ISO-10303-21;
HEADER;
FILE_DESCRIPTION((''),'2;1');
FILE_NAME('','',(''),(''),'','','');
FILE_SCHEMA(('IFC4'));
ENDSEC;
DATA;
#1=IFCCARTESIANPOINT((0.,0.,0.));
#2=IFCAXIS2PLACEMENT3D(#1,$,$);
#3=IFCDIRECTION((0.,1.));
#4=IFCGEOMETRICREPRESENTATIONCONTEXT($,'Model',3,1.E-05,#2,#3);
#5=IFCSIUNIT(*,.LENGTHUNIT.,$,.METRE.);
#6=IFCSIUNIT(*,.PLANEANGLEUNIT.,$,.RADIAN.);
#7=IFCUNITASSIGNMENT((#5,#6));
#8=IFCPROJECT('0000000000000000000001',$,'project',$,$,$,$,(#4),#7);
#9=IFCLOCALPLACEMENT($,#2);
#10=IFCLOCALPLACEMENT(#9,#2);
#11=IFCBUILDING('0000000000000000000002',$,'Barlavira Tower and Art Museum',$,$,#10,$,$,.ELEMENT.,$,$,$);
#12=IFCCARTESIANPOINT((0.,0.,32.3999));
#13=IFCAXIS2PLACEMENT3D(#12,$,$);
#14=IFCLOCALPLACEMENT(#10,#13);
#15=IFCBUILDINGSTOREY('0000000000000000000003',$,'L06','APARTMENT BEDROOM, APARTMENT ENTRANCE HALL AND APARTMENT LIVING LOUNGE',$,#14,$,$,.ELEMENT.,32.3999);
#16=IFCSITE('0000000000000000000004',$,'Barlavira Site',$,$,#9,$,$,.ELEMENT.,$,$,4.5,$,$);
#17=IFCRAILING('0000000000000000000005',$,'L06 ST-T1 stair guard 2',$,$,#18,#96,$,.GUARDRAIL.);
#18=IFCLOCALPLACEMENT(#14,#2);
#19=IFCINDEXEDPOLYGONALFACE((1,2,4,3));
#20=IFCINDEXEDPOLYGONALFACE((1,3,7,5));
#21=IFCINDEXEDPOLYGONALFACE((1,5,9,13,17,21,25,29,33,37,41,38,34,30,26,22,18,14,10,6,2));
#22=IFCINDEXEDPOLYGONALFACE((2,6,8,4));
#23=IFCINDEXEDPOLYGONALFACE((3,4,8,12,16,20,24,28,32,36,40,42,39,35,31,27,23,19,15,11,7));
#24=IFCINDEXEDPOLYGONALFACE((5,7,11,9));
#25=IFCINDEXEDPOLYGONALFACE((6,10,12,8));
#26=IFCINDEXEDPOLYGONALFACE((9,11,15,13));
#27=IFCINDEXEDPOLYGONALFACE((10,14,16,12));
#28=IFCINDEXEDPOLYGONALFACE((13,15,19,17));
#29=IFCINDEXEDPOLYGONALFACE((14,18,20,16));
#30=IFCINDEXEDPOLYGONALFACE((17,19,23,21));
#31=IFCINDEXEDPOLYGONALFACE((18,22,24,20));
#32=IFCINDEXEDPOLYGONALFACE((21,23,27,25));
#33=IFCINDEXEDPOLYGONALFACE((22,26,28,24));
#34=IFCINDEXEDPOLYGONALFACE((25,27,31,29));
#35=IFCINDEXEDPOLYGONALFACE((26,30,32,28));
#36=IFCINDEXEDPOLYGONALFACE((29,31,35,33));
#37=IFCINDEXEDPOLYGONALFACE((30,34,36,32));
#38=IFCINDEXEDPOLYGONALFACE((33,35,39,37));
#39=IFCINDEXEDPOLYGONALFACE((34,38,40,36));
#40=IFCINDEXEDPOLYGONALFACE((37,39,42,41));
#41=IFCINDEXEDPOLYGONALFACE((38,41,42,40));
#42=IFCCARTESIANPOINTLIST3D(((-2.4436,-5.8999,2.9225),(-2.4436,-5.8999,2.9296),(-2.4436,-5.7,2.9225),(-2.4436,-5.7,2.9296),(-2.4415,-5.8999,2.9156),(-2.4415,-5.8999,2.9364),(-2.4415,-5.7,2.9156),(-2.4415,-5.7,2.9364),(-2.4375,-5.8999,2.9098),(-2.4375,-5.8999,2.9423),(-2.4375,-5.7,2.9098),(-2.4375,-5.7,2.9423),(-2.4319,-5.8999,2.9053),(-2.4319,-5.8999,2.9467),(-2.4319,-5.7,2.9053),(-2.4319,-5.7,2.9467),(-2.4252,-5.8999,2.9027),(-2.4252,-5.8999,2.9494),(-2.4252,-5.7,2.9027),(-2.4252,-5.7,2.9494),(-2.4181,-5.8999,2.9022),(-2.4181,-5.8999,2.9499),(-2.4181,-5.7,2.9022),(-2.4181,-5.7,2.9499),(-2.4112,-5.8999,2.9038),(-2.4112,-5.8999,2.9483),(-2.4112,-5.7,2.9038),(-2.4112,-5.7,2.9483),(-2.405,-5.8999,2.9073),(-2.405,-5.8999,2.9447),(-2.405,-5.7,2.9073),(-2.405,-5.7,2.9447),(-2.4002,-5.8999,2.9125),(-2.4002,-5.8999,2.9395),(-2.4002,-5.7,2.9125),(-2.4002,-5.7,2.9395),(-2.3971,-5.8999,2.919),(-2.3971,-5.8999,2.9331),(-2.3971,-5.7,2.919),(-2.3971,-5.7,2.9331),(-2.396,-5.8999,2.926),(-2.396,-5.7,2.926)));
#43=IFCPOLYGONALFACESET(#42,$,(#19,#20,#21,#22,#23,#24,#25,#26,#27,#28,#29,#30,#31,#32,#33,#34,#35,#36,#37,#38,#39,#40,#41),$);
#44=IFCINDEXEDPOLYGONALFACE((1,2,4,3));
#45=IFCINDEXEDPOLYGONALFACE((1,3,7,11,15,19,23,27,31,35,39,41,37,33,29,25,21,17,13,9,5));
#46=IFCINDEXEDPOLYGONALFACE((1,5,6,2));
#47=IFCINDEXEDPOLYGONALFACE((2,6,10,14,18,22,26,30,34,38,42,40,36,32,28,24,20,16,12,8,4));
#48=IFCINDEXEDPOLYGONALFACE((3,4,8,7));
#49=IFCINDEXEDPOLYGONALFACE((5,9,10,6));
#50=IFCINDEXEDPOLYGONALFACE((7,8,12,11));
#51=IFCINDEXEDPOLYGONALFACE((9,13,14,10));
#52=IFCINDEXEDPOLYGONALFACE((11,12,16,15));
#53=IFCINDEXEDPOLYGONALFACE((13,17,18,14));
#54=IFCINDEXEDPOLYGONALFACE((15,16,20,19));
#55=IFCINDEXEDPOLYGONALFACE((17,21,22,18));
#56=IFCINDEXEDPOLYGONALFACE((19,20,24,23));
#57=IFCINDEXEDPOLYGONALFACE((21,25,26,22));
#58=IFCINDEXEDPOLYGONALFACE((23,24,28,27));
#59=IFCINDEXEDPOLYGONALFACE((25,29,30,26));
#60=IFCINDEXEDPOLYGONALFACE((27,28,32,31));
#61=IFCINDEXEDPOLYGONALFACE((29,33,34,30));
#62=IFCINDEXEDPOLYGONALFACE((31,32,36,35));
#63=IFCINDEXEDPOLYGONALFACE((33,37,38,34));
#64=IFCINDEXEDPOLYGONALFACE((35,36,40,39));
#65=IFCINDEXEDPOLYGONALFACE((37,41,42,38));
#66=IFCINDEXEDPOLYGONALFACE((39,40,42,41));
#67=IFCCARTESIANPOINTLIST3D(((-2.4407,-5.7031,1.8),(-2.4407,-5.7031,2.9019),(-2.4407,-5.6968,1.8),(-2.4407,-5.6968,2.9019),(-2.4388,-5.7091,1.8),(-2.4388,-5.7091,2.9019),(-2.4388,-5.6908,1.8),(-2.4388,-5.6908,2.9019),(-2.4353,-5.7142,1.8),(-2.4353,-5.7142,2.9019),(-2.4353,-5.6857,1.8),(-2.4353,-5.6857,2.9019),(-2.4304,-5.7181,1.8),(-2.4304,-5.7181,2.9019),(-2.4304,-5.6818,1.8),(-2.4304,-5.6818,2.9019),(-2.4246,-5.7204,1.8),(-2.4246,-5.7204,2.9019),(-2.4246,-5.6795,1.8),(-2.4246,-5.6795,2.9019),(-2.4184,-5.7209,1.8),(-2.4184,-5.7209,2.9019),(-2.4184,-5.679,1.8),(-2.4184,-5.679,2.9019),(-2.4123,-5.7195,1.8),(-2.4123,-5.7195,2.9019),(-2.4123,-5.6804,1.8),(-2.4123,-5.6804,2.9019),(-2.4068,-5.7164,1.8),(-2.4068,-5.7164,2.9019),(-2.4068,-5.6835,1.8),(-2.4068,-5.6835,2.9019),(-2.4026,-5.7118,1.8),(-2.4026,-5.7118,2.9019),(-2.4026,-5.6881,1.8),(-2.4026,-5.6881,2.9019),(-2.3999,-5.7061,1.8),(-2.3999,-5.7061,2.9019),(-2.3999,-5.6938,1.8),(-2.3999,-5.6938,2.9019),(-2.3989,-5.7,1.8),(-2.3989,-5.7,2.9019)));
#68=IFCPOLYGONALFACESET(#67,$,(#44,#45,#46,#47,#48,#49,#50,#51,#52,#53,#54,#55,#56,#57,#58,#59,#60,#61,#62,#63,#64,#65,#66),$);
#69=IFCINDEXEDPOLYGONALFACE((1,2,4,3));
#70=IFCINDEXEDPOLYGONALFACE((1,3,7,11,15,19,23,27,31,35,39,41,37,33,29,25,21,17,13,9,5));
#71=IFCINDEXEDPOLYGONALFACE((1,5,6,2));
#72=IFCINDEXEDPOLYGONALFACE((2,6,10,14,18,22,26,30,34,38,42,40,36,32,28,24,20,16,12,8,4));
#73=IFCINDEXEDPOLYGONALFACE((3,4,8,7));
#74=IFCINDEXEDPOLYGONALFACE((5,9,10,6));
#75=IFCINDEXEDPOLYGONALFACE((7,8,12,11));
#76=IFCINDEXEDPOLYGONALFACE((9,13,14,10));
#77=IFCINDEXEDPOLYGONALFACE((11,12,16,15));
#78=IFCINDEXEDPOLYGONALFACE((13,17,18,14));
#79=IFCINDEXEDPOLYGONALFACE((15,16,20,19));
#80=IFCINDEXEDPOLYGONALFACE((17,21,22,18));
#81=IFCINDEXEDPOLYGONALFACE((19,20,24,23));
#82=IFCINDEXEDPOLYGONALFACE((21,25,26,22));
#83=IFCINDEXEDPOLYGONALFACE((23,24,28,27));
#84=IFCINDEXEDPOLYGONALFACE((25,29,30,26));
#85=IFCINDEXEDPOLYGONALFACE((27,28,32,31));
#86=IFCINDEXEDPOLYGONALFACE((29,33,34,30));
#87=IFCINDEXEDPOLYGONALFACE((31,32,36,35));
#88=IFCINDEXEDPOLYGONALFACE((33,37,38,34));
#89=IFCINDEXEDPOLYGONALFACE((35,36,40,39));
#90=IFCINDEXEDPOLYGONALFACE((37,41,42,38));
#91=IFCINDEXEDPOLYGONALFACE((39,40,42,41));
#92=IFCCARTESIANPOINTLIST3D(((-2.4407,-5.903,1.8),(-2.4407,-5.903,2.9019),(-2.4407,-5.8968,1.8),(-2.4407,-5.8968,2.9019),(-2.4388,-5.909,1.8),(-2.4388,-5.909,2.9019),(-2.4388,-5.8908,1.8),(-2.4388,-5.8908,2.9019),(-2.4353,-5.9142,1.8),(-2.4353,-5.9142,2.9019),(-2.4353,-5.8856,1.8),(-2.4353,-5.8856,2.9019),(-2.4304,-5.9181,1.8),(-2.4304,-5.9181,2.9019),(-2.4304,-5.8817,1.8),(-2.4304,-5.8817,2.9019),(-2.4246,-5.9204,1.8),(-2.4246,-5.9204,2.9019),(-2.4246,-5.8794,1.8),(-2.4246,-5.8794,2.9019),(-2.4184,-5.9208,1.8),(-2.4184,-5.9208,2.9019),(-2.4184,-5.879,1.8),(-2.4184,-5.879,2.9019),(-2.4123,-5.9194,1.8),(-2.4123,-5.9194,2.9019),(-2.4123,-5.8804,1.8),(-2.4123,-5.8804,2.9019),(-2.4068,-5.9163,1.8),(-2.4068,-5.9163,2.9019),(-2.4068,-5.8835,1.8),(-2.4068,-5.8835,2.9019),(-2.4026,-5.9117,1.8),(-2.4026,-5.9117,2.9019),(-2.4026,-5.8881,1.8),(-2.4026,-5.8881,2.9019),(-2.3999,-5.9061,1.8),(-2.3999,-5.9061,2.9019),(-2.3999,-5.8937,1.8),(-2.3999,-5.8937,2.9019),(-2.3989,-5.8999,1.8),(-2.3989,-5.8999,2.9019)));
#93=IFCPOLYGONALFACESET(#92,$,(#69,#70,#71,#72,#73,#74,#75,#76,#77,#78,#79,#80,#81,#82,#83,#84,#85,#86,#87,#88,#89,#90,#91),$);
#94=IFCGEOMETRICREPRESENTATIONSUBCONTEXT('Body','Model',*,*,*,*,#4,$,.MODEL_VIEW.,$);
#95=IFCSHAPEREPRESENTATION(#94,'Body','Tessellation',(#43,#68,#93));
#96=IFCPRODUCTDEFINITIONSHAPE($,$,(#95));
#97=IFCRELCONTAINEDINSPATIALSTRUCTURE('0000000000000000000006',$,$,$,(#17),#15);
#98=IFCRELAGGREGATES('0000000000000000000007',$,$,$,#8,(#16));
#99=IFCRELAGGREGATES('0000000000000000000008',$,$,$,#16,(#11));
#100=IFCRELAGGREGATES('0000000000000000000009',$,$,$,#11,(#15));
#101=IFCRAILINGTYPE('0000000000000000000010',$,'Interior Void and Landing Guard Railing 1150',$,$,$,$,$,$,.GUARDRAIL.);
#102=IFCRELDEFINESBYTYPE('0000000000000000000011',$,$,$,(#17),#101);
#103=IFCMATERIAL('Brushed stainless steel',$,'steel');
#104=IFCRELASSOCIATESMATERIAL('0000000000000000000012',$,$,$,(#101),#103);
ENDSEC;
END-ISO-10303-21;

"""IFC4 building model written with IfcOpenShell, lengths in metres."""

from ifc_helpers import new_model, si_unit, direction, frame, origin, origin_2d, place, context, subcontext, project, spatial, circle, extrude, material, type_object, element, save


model = new_model("IFC4")

# Units and contexts
model_context = context("Model", 3, precision=1e-05, world=origin(), true_north=direction((0.0, 1.0)))
body_context = subcontext(model_context, "Body", "Model", "MODEL_VIEW")
ifc_project = project(units=[si_unit("LENGTHUNIT", "METRE"), si_unit("PLANEANGLEUNIT", "RADIAN")], contexts=[model_context])

# Site, building, storey
site_placement = place(None, origin())
site = spatial("IfcSite", under=ifc_project, at=site_placement, Name="Barlavira Site", CompositionType="ELEMENT", RefElevation=4.5)
building_placement = place(site_placement, origin())
building = spatial("IfcBuilding", under=site, at=building_placement, Name="Barlavira Tower and Art Museum", CompositionType="ELEMENT")
storey_placement = place(building_placement, frame((0.0, 0.0, 32.3999)))
storey = spatial("IfcBuildingStorey", under=building, at=storey_placement, Name="L06", Description="APARTMENT BEDROOM, APARTMENT ENTRANCE HALL AND APARTMENT LIVING LOUNGE", CompositionType="ELEMENT", Elevation=32.3999)

# Shared definitions
ifc_material_1 = material(Name="Brushed stainless steel", Category="steel")

# Railing
railing_type_1 = type_object("IfcRailingType", Name="Interior Void and Landing Guard Railing 1150", PredefinedType="GUARDRAIL", material=ifc_material_1)
railing_1_placement = place(storey_placement, frame((-2.4199, -5.7, 1.8)))
element("IfcRailing", 1, at=railing_1_placement, inside=storey, type_object=railing_type_1, Name="L06 ST-T1 stair guard 2", PredefinedType="GUARDRAIL", context=body_context, shape_type="SweptSolid", body=[
    extrude(circle(Radius=0.0239, at=origin_2d()), frame((0.0, 0.0, 1.126), z_axis=(0.0, -1.0, 0.0), x_axis=(1.0, 0.0, 0.0)), (0.0, 0.0, 1.0), 0.2),
    extrude(circle(Radius=0.021, at=origin_2d()), origin(), (0.0, 0.0, 1.0), 1.1018),
    extrude(circle(Radius=0.021, at=origin_2d()), frame((0.0, -0.2, 0.0)), (0.0, 0.0, 1.0), 1.1018),
])

save(model, "model.ifc")
